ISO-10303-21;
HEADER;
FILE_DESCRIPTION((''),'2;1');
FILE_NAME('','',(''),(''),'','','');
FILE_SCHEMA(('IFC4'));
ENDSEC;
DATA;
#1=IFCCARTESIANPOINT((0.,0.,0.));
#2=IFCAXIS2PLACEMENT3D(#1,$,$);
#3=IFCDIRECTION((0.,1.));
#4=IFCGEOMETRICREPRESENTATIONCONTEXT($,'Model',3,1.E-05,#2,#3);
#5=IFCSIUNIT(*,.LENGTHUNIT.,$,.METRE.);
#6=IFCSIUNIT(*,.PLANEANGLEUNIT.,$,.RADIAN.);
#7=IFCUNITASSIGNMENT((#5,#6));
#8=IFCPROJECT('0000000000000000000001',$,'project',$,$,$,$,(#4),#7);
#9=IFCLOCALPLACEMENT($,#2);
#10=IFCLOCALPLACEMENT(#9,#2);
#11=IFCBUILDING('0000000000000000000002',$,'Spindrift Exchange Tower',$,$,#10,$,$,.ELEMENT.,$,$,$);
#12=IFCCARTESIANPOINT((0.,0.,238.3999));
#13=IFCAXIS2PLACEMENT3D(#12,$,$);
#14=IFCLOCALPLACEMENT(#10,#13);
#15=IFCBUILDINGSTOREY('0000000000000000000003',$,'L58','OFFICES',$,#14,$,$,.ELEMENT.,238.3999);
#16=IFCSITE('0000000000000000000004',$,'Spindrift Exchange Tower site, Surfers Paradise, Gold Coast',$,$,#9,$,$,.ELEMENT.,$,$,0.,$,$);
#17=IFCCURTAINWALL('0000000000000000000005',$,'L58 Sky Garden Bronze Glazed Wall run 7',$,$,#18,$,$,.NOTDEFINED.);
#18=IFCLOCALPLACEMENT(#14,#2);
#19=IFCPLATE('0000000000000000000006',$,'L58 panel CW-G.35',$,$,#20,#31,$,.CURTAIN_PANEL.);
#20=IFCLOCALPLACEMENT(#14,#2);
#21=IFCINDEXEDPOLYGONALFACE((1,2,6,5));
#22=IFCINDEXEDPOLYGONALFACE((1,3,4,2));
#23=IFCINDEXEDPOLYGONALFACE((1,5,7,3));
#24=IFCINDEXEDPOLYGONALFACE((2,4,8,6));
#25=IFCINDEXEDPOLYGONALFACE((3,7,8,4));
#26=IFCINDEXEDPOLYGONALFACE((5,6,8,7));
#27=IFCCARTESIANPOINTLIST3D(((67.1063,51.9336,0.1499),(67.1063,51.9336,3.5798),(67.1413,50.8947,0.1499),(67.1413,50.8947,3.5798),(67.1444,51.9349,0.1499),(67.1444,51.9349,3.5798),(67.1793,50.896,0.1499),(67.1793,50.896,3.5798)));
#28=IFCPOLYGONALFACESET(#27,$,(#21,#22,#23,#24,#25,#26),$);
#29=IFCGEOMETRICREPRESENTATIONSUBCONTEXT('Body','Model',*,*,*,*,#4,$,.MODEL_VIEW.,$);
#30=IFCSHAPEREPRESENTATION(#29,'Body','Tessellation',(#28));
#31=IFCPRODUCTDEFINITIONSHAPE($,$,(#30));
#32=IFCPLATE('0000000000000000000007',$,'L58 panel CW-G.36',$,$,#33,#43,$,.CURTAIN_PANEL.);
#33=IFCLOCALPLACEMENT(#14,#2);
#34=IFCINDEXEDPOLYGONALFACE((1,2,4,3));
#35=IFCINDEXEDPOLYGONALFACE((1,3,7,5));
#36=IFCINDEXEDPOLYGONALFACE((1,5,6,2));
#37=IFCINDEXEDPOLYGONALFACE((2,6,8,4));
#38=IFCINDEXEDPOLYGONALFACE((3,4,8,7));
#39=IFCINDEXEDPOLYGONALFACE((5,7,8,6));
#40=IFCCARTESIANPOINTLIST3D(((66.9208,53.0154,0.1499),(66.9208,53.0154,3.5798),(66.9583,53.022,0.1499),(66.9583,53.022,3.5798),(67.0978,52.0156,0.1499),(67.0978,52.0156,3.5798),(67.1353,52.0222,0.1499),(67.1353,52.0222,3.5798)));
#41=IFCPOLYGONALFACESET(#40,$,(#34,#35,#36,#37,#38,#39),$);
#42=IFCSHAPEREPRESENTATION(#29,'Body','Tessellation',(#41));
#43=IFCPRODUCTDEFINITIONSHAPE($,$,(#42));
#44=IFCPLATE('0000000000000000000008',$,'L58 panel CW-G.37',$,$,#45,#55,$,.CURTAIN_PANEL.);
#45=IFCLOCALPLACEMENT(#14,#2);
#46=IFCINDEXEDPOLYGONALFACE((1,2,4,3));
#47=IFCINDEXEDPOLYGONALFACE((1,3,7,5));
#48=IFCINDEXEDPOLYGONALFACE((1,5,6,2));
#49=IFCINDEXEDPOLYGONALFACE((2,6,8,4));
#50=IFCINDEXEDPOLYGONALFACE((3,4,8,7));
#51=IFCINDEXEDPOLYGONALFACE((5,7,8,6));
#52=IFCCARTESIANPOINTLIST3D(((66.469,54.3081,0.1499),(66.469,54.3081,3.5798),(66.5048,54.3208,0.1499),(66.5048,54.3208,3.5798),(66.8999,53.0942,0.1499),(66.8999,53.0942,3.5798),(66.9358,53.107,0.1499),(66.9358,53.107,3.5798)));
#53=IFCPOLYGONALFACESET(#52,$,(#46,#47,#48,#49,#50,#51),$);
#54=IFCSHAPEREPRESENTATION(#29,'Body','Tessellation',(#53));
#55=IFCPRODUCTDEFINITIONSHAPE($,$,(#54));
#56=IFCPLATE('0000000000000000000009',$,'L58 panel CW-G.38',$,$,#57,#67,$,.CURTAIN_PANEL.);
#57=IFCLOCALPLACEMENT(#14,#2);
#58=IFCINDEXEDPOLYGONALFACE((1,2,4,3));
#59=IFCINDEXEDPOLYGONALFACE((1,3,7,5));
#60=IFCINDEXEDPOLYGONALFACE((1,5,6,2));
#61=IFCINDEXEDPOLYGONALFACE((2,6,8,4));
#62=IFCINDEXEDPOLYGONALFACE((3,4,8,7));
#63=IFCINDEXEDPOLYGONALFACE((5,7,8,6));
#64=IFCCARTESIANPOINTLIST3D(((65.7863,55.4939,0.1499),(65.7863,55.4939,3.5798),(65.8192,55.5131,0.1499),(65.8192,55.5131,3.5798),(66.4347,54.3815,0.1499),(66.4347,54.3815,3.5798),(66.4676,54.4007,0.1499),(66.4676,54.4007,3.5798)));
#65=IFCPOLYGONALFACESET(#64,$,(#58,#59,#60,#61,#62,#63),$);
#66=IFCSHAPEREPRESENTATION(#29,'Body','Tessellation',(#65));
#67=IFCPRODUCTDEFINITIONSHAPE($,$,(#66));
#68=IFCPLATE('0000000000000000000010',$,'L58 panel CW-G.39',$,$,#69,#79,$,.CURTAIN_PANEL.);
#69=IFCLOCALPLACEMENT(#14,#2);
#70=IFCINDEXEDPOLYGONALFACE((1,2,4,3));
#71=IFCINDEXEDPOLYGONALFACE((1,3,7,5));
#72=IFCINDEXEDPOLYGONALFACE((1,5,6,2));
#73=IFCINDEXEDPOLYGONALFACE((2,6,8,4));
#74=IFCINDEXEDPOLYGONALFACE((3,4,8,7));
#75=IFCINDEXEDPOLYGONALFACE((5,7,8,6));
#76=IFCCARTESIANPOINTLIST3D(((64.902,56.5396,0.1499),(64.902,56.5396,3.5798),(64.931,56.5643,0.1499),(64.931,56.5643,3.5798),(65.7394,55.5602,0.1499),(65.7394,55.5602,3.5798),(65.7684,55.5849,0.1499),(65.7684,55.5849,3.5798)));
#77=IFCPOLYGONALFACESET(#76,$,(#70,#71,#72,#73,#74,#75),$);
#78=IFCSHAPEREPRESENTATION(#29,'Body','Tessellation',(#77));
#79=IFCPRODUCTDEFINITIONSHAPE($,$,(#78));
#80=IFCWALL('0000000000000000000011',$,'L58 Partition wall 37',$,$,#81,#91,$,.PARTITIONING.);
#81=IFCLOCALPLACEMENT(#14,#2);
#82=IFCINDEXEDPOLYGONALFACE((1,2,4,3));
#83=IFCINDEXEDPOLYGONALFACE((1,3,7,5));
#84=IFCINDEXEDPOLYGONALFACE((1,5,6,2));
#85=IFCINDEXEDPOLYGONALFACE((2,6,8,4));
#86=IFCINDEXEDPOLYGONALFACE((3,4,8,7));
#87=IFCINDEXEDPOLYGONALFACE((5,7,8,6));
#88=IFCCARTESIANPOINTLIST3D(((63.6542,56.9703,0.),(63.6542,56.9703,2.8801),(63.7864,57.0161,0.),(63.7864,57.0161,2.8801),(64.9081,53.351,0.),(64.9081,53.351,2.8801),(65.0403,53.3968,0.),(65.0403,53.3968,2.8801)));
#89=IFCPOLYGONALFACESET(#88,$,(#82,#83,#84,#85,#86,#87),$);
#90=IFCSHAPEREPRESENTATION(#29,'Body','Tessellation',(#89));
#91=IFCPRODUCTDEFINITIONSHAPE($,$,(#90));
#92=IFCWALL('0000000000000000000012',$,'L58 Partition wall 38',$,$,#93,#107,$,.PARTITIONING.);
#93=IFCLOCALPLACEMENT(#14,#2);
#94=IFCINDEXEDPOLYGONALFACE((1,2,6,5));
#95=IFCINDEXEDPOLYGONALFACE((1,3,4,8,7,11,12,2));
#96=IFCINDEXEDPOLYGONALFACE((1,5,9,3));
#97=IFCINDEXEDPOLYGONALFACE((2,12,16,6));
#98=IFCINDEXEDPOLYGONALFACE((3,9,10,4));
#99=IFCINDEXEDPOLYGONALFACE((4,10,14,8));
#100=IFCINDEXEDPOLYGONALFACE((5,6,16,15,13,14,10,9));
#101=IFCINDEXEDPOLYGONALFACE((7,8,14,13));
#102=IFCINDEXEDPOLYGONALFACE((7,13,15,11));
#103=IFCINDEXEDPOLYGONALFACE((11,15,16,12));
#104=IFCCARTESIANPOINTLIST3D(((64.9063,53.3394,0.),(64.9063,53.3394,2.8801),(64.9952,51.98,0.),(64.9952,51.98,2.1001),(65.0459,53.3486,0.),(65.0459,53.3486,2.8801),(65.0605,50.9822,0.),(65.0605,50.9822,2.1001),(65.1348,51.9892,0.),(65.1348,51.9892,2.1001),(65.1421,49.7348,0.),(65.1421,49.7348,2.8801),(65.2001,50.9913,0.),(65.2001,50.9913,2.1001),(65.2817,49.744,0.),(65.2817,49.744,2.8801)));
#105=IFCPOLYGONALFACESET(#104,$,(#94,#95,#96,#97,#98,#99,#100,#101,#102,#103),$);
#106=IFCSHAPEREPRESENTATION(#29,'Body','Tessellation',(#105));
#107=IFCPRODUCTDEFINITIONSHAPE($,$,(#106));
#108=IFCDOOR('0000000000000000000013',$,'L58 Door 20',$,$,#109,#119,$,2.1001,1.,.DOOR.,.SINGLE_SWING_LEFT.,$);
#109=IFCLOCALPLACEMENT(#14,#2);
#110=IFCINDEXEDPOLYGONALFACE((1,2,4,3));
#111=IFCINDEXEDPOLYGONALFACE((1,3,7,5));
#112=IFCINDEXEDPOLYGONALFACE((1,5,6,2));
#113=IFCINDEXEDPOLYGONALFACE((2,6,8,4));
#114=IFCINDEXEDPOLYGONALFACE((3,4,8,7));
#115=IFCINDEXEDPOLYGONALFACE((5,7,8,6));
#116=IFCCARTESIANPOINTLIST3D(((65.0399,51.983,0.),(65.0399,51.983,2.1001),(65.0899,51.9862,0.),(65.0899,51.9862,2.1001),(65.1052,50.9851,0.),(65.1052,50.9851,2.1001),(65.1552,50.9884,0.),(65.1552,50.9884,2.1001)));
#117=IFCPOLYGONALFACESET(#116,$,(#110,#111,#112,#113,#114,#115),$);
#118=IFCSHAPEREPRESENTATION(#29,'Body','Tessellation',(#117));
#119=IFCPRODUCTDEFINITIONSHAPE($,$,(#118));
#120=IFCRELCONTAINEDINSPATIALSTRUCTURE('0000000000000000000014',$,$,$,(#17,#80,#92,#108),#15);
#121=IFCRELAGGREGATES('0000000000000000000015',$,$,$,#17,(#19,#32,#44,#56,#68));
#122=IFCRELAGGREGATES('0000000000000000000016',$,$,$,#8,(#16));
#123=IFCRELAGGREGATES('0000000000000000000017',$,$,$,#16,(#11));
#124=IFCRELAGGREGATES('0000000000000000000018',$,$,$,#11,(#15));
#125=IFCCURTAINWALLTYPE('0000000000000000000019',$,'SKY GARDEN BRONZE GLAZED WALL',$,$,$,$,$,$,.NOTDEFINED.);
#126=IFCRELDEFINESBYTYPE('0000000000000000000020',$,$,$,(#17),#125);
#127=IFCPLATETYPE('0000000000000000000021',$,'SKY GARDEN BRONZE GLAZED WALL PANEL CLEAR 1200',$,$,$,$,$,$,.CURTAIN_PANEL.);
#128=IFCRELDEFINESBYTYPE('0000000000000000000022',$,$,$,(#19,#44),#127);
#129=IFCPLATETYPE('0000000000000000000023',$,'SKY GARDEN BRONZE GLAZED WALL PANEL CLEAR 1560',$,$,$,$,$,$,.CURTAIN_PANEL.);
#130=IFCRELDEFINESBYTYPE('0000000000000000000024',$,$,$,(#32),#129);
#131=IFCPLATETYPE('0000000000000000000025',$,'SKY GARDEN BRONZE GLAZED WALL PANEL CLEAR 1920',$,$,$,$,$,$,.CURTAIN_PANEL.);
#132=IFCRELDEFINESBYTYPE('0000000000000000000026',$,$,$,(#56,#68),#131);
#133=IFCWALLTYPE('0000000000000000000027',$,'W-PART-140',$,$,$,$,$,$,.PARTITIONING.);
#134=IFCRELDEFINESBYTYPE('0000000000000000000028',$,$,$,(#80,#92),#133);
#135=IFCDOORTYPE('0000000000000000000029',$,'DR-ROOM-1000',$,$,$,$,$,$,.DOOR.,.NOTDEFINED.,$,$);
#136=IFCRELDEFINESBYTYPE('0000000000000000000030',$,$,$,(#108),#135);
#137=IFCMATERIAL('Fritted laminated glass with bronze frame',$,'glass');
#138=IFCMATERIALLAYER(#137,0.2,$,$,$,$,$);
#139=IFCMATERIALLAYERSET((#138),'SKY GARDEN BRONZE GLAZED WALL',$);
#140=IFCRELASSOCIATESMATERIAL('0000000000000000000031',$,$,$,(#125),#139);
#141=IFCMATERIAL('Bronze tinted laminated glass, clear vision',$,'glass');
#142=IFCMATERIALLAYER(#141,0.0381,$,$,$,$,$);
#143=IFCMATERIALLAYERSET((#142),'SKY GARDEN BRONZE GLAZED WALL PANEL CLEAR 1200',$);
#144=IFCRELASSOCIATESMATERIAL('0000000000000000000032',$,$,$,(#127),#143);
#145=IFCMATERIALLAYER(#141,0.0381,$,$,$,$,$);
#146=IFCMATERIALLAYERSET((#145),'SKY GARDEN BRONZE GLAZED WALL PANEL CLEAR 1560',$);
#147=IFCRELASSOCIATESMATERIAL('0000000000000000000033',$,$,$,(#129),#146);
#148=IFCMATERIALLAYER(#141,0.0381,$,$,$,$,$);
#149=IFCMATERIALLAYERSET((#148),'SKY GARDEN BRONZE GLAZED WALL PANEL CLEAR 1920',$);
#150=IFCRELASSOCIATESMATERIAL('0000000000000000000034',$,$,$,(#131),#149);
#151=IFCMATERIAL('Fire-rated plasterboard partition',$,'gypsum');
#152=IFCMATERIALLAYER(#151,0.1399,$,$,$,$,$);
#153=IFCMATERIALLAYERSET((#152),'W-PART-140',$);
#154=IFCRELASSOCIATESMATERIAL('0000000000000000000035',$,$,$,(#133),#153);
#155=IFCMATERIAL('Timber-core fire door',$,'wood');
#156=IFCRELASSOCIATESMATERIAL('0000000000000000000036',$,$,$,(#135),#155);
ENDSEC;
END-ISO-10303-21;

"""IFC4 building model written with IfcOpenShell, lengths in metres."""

from ifc_helpers import new_model, si_unit, direction, frame, frame_2d, origin, origin_2d, place, context, subcontext, project, spatial, rectangle, extrude, source, transform, mapped, material, layer, layer_set, type_object, element, fill, aggregate, save


model = new_model("IFC4")

# Units and contexts
model_context = context("Model", 3, precision=1e-05, world=origin(), true_north=direction((0.0, 1.0)))
body_context = subcontext(model_context, "Body", "Model", "MODEL_VIEW")
ifc_project = project(units=[si_unit("LENGTHUNIT", "METRE"), si_unit("PLANEANGLEUNIT", "RADIAN")], contexts=[model_context])

# Site, building, storey
site_placement = place(None, origin())
site = spatial("IfcSite", under=ifc_project, at=site_placement, Name="Spindrift Exchange Tower site, Surfers Paradise, Gold Coast", CompositionType="ELEMENT", RefElevation=0.0)
building_placement = place(site_placement, origin())
building = spatial("IfcBuilding", under=site, at=building_placement, Name="Spindrift Exchange Tower", CompositionType="ELEMENT")
storey_placement = place(building_placement, frame((0.0, 0.0, 238.3999)))
storey = spatial("IfcBuildingStorey", under=building, at=storey_placement, Name="L58", Description="OFFICES", CompositionType="ELEMENT", Elevation=238.3999)

# Curtain wall, plates
ifc_material_1 = material(Name="Fritted laminated glass with bronze frame", Category="glass")
ifc_layer_1 = layer(ifc_material_1, 0.2)
ifc_layer_set_1 = layer_set([ifc_layer_1], Name="SKY GARDEN BRONZE GLAZED WALL")
curtain_wall_type = type_object("IfcCurtainWallType", Name="SKY GARDEN BRONZE GLAZED WALL", PredefinedType="NOTDEFINED", material=ifc_layer_set_1)
curtain_wall_placement = place(storey_placement, origin())
curtain_wall = element("IfcCurtainWall", 1, at=curtain_wall_placement, inside=storey, type_object=curtain_wall_type, Name="L58 Sky Garden Bronze Glazed Wall run 7", PredefinedType="NOTDEFINED")
ifc_material_2 = material(Name="Bronze tinted laminated glass, clear vision", Category="glass")
ifc_layer_2 = layer(ifc_material_2, 0.0381)
ifc_layer_set_2 = layer_set([ifc_layer_2], Name="SKY GARDEN BRONZE GLAZED WALL PANEL CLEAR 1200")
plate_type_1 = type_object("IfcPlateType", Name="SKY GARDEN BRONZE GLAZED WALL PANEL CLEAR 1200", PredefinedType="CURTAIN_PANEL", material=ifc_layer_set_2)
shared_shape_1 = source(origin(), body_context, "Body", "SweptSolid", [
    extrude(rectangle(XDim=1.0396, YDim=0.0381, at=origin_2d()), origin(), (0.0, 0.0, 1.0), 3.4299),
])
plate_1_placement = place(storey_placement, frame((67.1428, 51.4148, 0.1499), z_axis=(0.0, 0.0, 1.0), x_axis=(-0.03361, 0.999435, 0.0)))
plate_1 = element("IfcPlate", 2, at=plate_1_placement, type_object=plate_type_1, Name="L58 panel CW-G.35", PredefinedType="CURTAIN_PANEL", context=body_context, shape_type="MappedRepresentation", body=[
    mapped(shared_shape_1, transform((0.0, 0.0, 0.0), scale=1.0)),
])
ifc_layer_3 = layer(ifc_material_2, 0.0381)
ifc_layer_set_3 = layer_set([ifc_layer_3], Name="SKY GARDEN BRONZE GLAZED WALL PANEL CLEAR 1560")
plate_type_2 = type_object("IfcPlateType", Name="SKY GARDEN BRONZE GLAZED WALL PANEL CLEAR 1560", PredefinedType="CURTAIN_PANEL", material=ifc_layer_set_3)
shared_shape_2 = source(origin(), body_context, "Body", "SweptSolid", [
    extrude(rectangle(XDim=1.0154, YDim=0.0381, at=origin_2d()), origin(), (0.0, 0.0, 1.0), 3.4299),
])
plate_2_placement = place(storey_placement, frame((67.0281, 52.5188, 0.1499), z_axis=(0.0, 0.0, 1.0), x_axis=(-0.174308, 0.984691, 0.0)))
plate_2 = element("IfcPlate", 3, at=plate_2_placement, type_object=plate_type_2, Name="L58 panel CW-G.36", PredefinedType="CURTAIN_PANEL", context=body_context, shape_type="MappedRepresentation", body=[
    mapped(shared_shape_2, transform((0.0, 0.0, 0.0), scale=1.0)),
])
shared_shape_3 = source(origin(), body_context, "Body", "SweptSolid", [
    extrude(rectangle(XDim=1.2881, YDim=0.0381, at=origin_2d()), origin(), (0.0, 0.0, 1.0), 3.4299),
])
plate_3_placement = place(storey_placement, frame((66.7024, 53.7075, 0.1499), z_axis=(0.0, 0.0, 1.0), x_axis=(-0.334587, 0.942365, 0.0)))
plate_3 = element("IfcPlate", 4, at=plate_3_placement, type_object=plate_type_1, Name="L58 panel CW-G.37", PredefinedType="CURTAIN_PANEL", context=body_context, shape_type="MappedRepresentation", body=[
    mapped(shared_shape_3, transform((0.0, 0.0, 0.0), scale=1.0)),
])
ifc_layer_4 = layer(ifc_material_2, 0.0381)
ifc_layer_set_4 = layer_set([ifc_layer_4], Name="SKY GARDEN BRONZE GLAZED WALL PANEL CLEAR 1920")
plate_type_3 = type_object("IfcPlateType", Name="SKY GARDEN BRONZE GLAZED WALL PANEL CLEAR 1920", PredefinedType="CURTAIN_PANEL", material=ifc_layer_set_4)
shared_shape_4 = source(origin(), body_context, "Body", "SweptSolid", [
    extrude(rectangle(XDim=1.2876, YDim=0.0381, at=origin_2d()), origin(), (0.0, 0.0, 1.0), 3.4299),
])
plate_4_placement = place(storey_placement, frame((66.127, 54.9473, 0.1499), z_axis=(0.0, 0.0, 1.0), x_axis=(-0.503613, 0.86393, 0.0)))
plate_4 = element("IfcPlate", 5, at=plate_4_placement, type_object=plate_type_3, Name="L58 panel CW-G.38", PredefinedType="CURTAIN_PANEL", context=body_context, shape_type="MappedRepresentation", body=[
    mapped(shared_shape_4, transform((0.0, 0.0, 0.0), scale=1.0)),
])
shared_shape_5 = source(origin(), body_context, "Body", "SweptSolid", [
    extrude(rectangle(XDim=1.2886, YDim=0.0381, at=origin_2d()), origin(), (0.0, 0.0, 1.0), 3.4299),
])
plate_5_placement = place(storey_placement, frame((65.3352, 56.0623, 0.1499), z_axis=(0.0, 0.0, 1.0), x_axis=(-0.649843, 0.760068, 0.0)))
plate_5 = element("IfcPlate", 6, at=plate_5_placement, type_object=plate_type_3, Name="L58 panel CW-G.39", PredefinedType="CURTAIN_PANEL", context=body_context, shape_type="MappedRepresentation", body=[
    mapped(shared_shape_5, transform((0.0, 0.0, 0.0), scale=1.0)),
])
aggregate(curtain_wall, [plate_1, plate_2, plate_3, plate_4, plate_5])

# Wall
ifc_material_3 = material(Name="Fire-rated plasterboard partition", Category="gypsum")
ifc_layer_5 = layer(ifc_material_3, 0.1399)
ifc_layer_set_5 = layer_set([ifc_layer_5], Name="W-PART-140")
wall_type = type_object("IfcWallType", Name="W-PART-140", PredefinedType="PARTITIONING", material=ifc_layer_set_5)
wall_1_placement = place(storey_placement, frame((64.9741, 53.374, 0.0), z_axis=(0.0, 0.0, 1.0), x_axis=(-0.327354, 0.944902, 0.0)))
element("IfcWall", 7, at=wall_1_placement, inside=storey, type_object=wall_type, Name="L58 Partition wall 37", PredefinedType="PARTITIONING", context=body_context, shape_type="SweptSolid", body=[
    extrude(rectangle(XDim=3.8303, YDim=0.1399, at=frame_2d((1.915, 0.0))), origin(), (0.0, 0.0, 1.0), 2.8801),
])

# Wall, opening, door
wall_2_placement = place(storey_placement, frame((64.9761, 53.344, 0.0), z_axis=(0.0, 0.0, 1.0), x_axis=(0.06529, -0.997866, 0.0)))
wall_2 = element("IfcWall", 8, at=wall_2_placement, inside=storey, type_object=wall_type, Name="L58 Partition wall 38", PredefinedType="PARTITIONING", context=body_context, shape_type="SweptSolid", body=[
    extrude(rectangle(XDim=3.6123, YDim=0.1399, at=frame_2d((1.8062, 0.0))), origin(), (0.0, 0.0, 1.0), 2.8801),
])
opening_placement = place(wall_2_placement, frame((1.3623, 0.0, 0.0)))
opening = element("IfcOpeningElement", 9, at=opening_placement, cuts=wall_2, PredefinedType="OPENING", context=body_context, shape_type="SweptSolid", body=[
    extrude(rectangle(XDim=1.0, YDim=2.1001, at=frame_2d((0.5, 1.05))), frame((0.0, 0.0798, 0.0), z_axis=(0.0, -1.0, 0.0), x_axis=(1.0, 0.0, 0.0)), (0.0, 0.0, 1.0), 0.1599),
])
ifc_material_4 = material(Name="Timber-core fire door", Category="wood")
door_type = type_object("IfcDoorType", Name="DR-ROOM-1000", OperationType="NOTDEFINED", PredefinedType="DOOR", material=ifc_material_4)
shared_shape_6 = source(origin(), body_context, "Body", "SweptSolid", [
    extrude(rectangle(XDim=1.0, YDim=2.1001, at=frame_2d((0.5, 1.05))), frame((0.0, 0.0249, 0.0), z_axis=(0.0, -1.0, 0.0), x_axis=(1.0, 0.0, 0.0)), (0.0, 0.0, 1.0), 0.05),
])
door_placement = place(opening_placement, origin())
door = element("IfcDoor", 10, at=door_placement, inside=storey, type_object=door_type, Name="L58 Door 20", OperationType="SINGLE_SWING_LEFT", OverallHeight=2.1001, OverallWidth=1.0, PredefinedType="DOOR", context=body_context, shape_type="MappedRepresentation", body=[
    mapped(shared_shape_6, transform((0.0, 0.0, 0.0), scale=1.0)),
])
fill(opening, door)

save(model, "model.ifc")
